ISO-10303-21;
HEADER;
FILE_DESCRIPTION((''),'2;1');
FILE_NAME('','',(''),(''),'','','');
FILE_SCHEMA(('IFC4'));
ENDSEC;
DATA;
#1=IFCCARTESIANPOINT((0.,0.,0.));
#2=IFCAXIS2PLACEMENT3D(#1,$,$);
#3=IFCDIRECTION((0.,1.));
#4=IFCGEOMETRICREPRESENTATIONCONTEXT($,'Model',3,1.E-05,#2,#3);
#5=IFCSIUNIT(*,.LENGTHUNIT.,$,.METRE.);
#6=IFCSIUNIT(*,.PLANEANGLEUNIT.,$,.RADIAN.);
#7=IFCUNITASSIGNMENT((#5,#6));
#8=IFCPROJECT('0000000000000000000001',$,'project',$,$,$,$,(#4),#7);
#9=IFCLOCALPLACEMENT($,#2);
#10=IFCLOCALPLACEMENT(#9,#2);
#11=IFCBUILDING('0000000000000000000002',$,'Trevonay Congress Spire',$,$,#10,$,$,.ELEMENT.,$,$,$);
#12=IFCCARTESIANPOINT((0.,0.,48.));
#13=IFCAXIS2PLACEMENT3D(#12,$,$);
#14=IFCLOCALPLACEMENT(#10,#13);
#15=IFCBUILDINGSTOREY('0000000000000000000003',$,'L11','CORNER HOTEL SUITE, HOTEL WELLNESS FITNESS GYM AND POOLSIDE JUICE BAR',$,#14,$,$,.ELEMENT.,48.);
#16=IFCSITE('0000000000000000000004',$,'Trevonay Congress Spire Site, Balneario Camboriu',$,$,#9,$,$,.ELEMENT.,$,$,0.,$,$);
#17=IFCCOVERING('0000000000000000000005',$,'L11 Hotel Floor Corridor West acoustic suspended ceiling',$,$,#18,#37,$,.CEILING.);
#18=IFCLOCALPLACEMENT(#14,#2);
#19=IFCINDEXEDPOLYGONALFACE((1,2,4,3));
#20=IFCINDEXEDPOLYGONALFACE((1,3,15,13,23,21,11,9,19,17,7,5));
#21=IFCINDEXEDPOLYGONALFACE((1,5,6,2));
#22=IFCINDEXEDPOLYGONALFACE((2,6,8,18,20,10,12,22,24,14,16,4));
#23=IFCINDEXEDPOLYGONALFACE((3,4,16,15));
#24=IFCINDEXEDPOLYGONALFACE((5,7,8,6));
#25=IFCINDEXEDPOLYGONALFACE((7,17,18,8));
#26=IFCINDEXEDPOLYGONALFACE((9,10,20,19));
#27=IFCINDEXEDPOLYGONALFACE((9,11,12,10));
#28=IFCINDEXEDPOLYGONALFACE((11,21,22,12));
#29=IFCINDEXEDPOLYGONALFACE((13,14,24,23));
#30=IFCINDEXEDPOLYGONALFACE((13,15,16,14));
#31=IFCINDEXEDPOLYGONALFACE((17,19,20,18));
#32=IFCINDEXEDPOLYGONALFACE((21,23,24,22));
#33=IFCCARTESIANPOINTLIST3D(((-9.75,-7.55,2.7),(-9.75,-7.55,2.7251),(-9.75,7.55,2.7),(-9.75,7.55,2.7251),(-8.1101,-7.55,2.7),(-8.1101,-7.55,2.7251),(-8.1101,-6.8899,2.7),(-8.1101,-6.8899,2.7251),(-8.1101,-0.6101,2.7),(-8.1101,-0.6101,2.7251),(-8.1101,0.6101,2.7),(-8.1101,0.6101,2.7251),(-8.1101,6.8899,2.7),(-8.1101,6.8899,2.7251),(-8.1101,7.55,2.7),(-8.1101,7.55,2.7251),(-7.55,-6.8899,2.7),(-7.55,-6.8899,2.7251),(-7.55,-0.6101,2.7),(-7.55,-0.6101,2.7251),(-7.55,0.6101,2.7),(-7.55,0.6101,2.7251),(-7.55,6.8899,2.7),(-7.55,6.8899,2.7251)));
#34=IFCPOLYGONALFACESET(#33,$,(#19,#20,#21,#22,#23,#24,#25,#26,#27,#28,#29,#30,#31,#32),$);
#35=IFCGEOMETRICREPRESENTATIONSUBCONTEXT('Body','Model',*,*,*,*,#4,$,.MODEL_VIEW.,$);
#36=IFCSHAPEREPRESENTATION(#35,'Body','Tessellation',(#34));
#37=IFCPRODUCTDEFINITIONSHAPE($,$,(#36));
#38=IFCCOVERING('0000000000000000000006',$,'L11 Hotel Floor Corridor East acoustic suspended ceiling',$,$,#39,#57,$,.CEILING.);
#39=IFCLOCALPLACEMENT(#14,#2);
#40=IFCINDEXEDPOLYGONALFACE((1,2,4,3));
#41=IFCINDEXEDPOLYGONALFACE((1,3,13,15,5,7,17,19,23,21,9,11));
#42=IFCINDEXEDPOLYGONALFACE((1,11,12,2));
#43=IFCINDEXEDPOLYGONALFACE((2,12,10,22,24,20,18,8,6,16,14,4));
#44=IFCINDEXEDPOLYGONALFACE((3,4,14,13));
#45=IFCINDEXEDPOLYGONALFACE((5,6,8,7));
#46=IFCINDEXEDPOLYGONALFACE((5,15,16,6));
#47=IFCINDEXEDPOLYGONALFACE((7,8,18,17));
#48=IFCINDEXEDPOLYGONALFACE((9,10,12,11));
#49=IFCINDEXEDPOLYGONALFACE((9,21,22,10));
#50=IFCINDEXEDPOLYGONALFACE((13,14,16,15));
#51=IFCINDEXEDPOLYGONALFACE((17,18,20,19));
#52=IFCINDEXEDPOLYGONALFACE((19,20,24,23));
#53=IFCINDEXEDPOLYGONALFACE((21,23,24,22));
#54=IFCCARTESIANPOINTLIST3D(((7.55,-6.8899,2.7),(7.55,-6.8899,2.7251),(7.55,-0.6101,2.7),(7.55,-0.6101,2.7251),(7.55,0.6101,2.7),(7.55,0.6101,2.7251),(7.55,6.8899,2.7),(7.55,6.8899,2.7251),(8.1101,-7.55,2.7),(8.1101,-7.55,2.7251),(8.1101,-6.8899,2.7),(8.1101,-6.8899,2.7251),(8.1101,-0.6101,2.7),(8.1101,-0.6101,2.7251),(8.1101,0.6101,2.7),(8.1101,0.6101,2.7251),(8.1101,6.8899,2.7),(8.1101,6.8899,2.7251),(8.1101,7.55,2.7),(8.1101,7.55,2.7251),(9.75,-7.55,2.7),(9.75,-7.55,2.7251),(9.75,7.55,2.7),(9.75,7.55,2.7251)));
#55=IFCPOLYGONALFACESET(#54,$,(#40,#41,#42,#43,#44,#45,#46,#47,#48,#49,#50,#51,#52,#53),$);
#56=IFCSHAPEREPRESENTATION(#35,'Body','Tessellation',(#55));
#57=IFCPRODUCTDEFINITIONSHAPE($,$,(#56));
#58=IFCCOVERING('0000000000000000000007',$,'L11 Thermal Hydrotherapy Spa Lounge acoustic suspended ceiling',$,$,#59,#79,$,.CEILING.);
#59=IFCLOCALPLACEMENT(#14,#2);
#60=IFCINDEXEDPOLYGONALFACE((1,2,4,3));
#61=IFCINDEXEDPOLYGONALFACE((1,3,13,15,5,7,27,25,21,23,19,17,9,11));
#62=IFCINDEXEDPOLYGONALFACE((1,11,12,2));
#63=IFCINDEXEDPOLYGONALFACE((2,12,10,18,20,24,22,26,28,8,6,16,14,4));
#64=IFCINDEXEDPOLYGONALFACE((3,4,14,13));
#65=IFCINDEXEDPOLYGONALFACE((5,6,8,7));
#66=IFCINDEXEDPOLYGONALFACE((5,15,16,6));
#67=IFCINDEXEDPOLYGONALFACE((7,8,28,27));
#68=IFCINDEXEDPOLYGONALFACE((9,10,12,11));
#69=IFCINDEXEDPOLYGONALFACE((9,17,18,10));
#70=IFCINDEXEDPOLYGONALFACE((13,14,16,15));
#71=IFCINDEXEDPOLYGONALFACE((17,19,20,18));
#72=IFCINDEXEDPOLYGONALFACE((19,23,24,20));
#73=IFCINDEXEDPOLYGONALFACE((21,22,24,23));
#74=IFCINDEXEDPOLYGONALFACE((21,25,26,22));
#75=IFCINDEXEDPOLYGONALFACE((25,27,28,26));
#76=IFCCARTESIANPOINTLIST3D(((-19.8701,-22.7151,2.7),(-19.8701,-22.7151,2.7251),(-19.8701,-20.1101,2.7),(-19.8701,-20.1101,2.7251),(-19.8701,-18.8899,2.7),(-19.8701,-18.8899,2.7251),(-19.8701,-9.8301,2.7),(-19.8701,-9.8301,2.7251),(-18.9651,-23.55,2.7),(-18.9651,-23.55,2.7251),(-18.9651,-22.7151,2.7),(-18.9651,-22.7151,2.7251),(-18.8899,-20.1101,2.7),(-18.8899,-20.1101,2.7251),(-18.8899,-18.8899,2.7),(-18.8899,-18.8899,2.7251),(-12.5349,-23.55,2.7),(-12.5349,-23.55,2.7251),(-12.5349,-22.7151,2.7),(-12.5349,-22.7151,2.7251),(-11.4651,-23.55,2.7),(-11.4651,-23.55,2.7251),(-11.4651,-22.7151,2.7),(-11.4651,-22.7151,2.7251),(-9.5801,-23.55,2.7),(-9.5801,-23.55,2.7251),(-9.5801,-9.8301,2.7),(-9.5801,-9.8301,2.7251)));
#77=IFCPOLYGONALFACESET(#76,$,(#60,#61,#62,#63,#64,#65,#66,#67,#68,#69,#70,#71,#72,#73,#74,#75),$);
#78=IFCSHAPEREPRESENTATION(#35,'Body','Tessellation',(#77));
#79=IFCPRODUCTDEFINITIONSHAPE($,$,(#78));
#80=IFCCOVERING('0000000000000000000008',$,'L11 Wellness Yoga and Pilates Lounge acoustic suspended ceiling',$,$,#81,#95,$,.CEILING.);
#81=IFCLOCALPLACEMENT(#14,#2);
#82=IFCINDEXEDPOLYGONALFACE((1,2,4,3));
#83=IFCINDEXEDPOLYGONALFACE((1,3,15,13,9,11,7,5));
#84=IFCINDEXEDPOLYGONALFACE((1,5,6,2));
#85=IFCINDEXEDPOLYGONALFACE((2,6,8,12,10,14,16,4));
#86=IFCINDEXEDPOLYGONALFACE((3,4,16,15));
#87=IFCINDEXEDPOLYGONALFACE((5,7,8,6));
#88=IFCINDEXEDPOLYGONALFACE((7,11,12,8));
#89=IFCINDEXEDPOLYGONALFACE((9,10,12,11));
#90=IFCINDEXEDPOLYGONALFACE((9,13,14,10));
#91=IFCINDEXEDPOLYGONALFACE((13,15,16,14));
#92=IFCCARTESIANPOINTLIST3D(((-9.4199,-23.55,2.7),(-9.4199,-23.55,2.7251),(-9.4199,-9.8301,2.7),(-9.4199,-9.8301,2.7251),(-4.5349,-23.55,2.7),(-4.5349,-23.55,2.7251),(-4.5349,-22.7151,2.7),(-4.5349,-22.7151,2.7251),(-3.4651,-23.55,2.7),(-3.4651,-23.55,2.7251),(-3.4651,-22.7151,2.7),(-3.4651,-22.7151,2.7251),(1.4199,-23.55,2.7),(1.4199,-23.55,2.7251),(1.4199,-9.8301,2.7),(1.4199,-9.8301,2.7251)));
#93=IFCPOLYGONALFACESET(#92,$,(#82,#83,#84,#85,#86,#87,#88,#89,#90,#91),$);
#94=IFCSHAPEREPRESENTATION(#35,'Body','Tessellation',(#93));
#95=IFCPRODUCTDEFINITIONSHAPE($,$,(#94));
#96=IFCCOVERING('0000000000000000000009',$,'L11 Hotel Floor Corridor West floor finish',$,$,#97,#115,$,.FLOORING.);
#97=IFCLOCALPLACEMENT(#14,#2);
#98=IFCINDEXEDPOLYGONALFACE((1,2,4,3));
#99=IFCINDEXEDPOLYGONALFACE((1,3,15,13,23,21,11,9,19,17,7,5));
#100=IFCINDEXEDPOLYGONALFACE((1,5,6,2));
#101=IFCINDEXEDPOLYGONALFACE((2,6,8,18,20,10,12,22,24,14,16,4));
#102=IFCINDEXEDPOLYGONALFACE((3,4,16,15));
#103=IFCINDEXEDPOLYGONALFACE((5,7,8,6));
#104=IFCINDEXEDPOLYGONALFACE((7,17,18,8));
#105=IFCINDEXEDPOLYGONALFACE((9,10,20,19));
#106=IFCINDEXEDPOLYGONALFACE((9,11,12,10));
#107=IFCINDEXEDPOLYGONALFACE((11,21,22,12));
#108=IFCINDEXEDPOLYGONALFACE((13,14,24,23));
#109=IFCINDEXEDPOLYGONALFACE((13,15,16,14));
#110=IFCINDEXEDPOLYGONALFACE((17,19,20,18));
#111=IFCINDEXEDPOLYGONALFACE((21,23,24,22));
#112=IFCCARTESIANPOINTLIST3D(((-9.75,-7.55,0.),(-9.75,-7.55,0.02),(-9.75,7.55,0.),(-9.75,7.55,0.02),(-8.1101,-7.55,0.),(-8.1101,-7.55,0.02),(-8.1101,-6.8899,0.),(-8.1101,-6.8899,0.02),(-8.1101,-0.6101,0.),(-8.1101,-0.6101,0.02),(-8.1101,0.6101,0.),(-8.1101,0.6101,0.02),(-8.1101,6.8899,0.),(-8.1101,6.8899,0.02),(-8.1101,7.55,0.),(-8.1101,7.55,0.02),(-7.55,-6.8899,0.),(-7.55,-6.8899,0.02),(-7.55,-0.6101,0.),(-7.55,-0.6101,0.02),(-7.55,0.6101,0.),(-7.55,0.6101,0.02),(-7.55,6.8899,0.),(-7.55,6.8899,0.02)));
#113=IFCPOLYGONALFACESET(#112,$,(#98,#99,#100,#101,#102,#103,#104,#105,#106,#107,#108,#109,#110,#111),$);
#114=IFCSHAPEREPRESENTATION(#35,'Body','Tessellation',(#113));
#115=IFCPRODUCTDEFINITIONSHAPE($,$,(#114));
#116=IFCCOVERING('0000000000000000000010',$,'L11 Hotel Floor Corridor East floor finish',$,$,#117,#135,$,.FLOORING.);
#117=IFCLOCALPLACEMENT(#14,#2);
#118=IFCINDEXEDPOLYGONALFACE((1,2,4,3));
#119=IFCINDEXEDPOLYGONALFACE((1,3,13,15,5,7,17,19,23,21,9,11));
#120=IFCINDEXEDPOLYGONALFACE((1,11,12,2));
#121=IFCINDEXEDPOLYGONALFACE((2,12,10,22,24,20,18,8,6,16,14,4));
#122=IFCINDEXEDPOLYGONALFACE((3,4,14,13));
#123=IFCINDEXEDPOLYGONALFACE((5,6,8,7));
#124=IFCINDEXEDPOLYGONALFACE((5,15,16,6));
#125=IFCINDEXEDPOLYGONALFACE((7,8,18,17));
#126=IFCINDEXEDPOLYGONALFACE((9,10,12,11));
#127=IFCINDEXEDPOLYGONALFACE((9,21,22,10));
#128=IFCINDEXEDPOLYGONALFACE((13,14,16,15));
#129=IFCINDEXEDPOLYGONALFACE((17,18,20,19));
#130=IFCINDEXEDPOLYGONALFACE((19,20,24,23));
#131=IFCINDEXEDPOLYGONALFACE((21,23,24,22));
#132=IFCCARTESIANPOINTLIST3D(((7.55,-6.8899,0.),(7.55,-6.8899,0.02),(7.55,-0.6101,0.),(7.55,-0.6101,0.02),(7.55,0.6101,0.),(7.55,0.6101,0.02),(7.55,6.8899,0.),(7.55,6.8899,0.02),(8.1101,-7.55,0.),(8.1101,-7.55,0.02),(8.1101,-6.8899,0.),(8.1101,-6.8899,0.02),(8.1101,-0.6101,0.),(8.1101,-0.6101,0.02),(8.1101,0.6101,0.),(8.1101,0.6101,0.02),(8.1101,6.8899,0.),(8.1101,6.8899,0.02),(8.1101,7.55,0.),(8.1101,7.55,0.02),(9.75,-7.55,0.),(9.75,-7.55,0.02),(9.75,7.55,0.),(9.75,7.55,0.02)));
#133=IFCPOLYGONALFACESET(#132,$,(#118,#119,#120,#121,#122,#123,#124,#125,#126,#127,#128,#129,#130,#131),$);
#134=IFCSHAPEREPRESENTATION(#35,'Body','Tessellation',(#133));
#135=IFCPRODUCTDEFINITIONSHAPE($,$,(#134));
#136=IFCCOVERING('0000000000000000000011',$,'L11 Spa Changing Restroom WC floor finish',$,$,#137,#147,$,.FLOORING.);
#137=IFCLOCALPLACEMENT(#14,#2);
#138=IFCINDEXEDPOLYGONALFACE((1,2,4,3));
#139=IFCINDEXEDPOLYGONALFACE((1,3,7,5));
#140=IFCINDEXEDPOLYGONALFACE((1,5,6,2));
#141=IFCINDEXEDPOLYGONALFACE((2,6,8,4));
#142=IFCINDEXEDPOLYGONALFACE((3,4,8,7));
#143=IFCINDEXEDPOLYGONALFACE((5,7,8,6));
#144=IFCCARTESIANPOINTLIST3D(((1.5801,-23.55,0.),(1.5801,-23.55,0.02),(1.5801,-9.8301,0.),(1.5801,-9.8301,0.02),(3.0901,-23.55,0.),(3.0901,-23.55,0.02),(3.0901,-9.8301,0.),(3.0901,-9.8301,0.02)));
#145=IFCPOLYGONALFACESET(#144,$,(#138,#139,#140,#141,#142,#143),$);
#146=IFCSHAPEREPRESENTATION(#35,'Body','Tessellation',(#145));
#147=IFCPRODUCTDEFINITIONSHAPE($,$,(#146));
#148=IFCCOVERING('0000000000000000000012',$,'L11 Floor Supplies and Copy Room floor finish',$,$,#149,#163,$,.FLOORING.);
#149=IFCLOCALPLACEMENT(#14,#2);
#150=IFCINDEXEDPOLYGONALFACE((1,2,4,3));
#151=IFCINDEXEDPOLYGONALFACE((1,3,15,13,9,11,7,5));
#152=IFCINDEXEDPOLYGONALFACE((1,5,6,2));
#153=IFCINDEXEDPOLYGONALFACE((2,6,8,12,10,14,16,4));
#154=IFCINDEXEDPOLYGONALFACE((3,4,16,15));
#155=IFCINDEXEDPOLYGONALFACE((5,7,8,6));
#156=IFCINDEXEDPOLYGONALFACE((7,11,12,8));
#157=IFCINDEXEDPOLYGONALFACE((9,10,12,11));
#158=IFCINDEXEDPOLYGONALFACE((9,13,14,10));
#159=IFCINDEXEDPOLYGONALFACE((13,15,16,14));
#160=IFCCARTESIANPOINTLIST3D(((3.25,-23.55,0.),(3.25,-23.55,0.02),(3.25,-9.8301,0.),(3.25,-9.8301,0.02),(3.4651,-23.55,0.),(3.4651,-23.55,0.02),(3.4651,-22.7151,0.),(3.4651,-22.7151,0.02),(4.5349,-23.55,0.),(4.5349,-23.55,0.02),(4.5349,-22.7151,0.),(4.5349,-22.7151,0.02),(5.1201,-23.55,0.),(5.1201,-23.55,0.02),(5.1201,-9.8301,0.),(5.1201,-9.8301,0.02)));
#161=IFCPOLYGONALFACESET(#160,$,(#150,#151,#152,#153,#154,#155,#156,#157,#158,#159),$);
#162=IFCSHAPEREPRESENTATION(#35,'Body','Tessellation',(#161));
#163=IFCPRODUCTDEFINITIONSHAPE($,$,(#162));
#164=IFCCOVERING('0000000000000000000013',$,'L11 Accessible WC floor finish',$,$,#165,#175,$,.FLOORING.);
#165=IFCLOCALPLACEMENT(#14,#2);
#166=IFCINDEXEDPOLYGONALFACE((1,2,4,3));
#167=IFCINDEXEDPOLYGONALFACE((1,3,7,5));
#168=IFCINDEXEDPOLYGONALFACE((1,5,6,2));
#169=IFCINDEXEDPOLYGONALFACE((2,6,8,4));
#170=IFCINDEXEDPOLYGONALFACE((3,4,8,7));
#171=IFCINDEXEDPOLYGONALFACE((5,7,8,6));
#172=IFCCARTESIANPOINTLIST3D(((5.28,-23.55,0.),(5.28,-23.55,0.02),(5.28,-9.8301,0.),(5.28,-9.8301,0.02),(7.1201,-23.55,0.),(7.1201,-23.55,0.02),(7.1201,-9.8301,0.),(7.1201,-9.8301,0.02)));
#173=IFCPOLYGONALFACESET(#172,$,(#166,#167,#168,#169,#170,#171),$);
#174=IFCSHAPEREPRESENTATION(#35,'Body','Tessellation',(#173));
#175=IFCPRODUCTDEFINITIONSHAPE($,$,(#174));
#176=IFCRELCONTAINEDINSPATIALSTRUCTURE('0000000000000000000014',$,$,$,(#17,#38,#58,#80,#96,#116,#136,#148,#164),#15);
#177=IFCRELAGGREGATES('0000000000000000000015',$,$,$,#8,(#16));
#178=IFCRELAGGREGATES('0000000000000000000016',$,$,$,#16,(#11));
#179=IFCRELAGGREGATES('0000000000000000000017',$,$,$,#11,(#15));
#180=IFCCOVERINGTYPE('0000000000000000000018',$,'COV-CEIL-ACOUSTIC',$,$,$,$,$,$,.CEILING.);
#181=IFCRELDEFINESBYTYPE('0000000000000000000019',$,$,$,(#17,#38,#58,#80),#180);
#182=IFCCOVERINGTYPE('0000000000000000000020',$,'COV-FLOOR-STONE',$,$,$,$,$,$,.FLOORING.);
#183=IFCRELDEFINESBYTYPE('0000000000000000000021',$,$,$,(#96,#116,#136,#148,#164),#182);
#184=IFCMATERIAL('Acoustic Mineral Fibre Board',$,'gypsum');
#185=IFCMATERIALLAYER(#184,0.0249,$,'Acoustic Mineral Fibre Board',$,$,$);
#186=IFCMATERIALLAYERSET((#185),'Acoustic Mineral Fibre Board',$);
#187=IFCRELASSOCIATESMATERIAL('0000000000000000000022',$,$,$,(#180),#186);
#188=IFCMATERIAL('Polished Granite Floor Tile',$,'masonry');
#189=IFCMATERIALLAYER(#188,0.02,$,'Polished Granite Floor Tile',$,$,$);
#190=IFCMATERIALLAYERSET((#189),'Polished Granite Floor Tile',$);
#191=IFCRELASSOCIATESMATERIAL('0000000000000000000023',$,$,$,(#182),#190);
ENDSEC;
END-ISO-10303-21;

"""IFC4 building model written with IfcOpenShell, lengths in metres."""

from ifc_helpers import new_model, si_unit, direction, frame, origin, place, context, subcontext, project, spatial, polyline, outline, extrude, material, layer, layer_set, type_object, element, save


model = new_model("IFC4")

# Units and contexts
model_context = context("Model", 3, precision=1e-05, world=origin(), true_north=direction((0.0, 1.0)))
body_context = subcontext(model_context, "Body", "Model", "MODEL_VIEW")
ifc_project = project(units=[si_unit("LENGTHUNIT", "METRE"), si_unit("PLANEANGLEUNIT", "RADIAN")], contexts=[model_context])

# Site, building, storey
site_placement = place(None, origin())
site = spatial("IfcSite", under=ifc_project, at=site_placement, Name="Trevonay Congress Spire Site, Balneario Camboriu", CompositionType="ELEMENT", RefElevation=0.0)
building_placement = place(site_placement, origin())
building = spatial("IfcBuilding", under=site, at=building_placement, Name="Trevonay Congress Spire", CompositionType="ELEMENT")
storey_placement = place(building_placement, frame((0.0, 0.0, 48.0)))
storey = spatial("IfcBuildingStorey", under=building, at=storey_placement, Name="L11", Description="CORNER HOTEL SUITE, HOTEL WELLNESS FITNESS GYM AND POOLSIDE JUICE BAR", CompositionType="ELEMENT", Elevation=48.0)

# Coverings
ifc_material_1 = material(Name="Acoustic Mineral Fibre Board", Category="gypsum")
ifc_layer_1 = layer(ifc_material_1, 0.0249, Name="Acoustic Mineral Fibre Board")
ifc_layer_set_1 = layer_set([ifc_layer_1], Name="Acoustic Mineral Fibre Board")
covering_type_1 = type_object("IfcCoveringType", Name="COV-CEIL-ACOUSTIC", PredefinedType="CEILING", material=ifc_layer_set_1)
covering_1_placement = place(storey_placement, frame((0.0, 0.0, 2.7)))
element("IfcCovering", 1, at=covering_1_placement, inside=storey, type_object=covering_type_1, Name="L11 Hotel Floor Corridor West acoustic suspended ceiling", PredefinedType="CEILING", context=body_context, shape_type="SweptSolid", body=[
    extrude(outline(polyline([(-9.75, 7.55), (-8.1101, 7.55), (-8.1101, 6.8899), (-7.55, 6.8899), (-7.55, 0.6101), (-8.1101, 0.6101), (-8.1101, -0.6101), (-7.55, -0.6101), (-7.55, -6.8899), (-8.1101, -6.8899), (-8.1101, -7.55), (-9.75, -7.55), (-9.75, 7.55)])), origin(), (0.0, 0.0, 1.0), 0.0251),
])
covering_2_placement = place(storey_placement, frame((0.0, 0.0, 2.7)))
element("IfcCovering", 2, at=covering_2_placement, inside=storey, type_object=covering_type_1, Name="L11 Hotel Floor Corridor East acoustic suspended ceiling", PredefinedType="CEILING", context=body_context, shape_type="SweptSolid", body=[
    extrude(outline(polyline([(9.75, -7.55), (8.1101, -7.55), (8.1101, -6.8899), (7.55, -6.8899), (7.55, -0.6101), (8.1101, -0.6101), (8.1101, 0.6101), (7.55, 0.6101), (7.55, 6.8899), (8.1101, 6.8899), (8.1101, 7.55), (9.75, 7.55), (9.75, -7.55)])), origin(), (0.0, 0.0, 1.0), 0.0251),
])
covering_3_placement = place(storey_placement, frame((0.0, 0.0, 2.7)))
element("IfcCovering", 3, at=covering_3_placement, inside=storey, type_object=covering_type_1, Name="L11 Thermal Hydrotherapy Spa Lounge acoustic suspended ceiling", PredefinedType="CEILING", context=body_context, shape_type="SweptSolid", body=[
    extrude(outline(polyline([(-18.9651, -23.55), (-18.9651, -22.7151), (-19.8701, -22.7151), (-19.8701, -20.1101), (-18.8899, -20.1101), (-18.8899, -18.8899), (-19.8701, -18.8899), (-19.8701, -9.8301), (-9.5801, -9.8301), (-9.5801, -23.55), (-11.4651, -23.55), (-11.4651, -22.7151), (-12.5349, -22.7151), (-12.5349, -23.55), (-18.9651, -23.55)])), origin(), (0.0, 0.0, 1.0), 0.0251),
])
covering_4_placement = place(storey_placement, frame((0.0, 0.0, 2.7)))
element("IfcCovering", 4, at=covering_4_placement, inside=storey, type_object=covering_type_1, Name="L11 Wellness Yoga and Pilates Lounge acoustic suspended ceiling", PredefinedType="CEILING", context=body_context, shape_type="SweptSolid", body=[
    extrude(outline(polyline([(-9.4199, -23.55), (-9.4199, -9.8301), (1.4199, -9.8301), (1.4199, -23.55), (-3.4651, -23.55), (-3.4651, -22.7151), (-4.5349, -22.7151), (-4.5349, -23.55), (-9.4199, -23.55)])), origin(), (0.0, 0.0, 1.0), 0.0251),
])
ifc_material_2 = material(Name="Polished Granite Floor Tile", Category="masonry")
ifc_layer_2 = layer(ifc_material_2, 0.02, Name="Polished Granite Floor Tile")
ifc_layer_set_2 = layer_set([ifc_layer_2], Name="Polished Granite Floor Tile")
covering_type_2 = type_object("IfcCoveringType", Name="COV-FLOOR-STONE", PredefinedType="FLOORING", material=ifc_layer_set_2)
covering_5_placement = place(storey_placement, origin())
element("IfcCovering", 5, at=covering_5_placement, inside=storey, type_object=covering_type_2, Name="L11 Hotel Floor Corridor West floor finish", PredefinedType="FLOORING", context=body_context, shape_type="SweptSolid", body=[
    extrude(outline(polyline([(-9.75, 7.55), (-8.1101, 7.55), (-8.1101, 6.8899), (-7.55, 6.8899), (-7.55, 0.6101), (-8.1101, 0.6101), (-8.1101, -0.6101), (-7.55, -0.6101), (-7.55, -6.8899), (-8.1101, -6.8899), (-8.1101, -7.55), (-9.75, -7.55), (-9.75, 7.55)])), origin(), (0.0, 0.0, 1.0), 0.02),
])
covering_6_placement = place(storey_placement, origin())
element("IfcCovering", 6, at=covering_6_placement, inside=storey, type_object=covering_type_2, Name="L11 Hotel Floor Corridor East floor finish", PredefinedType="FLOORING", context=body_context, shape_type="SweptSolid", body=[
    extrude(outline(polyline([(9.75, -7.55), (8.1101, -7.55), (8.1101, -6.8899), (7.55, -6.8899), (7.55, -0.6101), (8.1101, -0.6101), (8.1101, 0.6101), (7.55, 0.6101), (7.55, 6.8899), (8.1101, 6.8899), (8.1101, 7.55), (9.75, 7.55), (9.75, -7.55)])), origin(), (0.0, 0.0, 1.0), 0.02),
])
covering_7_placement = place(storey_placement, origin())
element("IfcCovering", 7, at=covering_7_placement, inside=storey, type_object=covering_type_2, Name="L11 Spa Changing Restroom WC floor finish", PredefinedType="FLOORING", context=body_context, shape_type="SweptSolid", body=[
    extrude(outline(polyline([(1.5801, -23.55), (3.0901, -23.55), (3.0901, -9.8301), (1.5801, -9.8301), (1.5801, -23.55)])), origin(), (0.0, 0.0, 1.0), 0.02),
])
covering_8_placement = place(storey_placement, origin())
element("IfcCovering", 8, at=covering_8_placement, inside=storey, type_object=covering_type_2, Name="L11 Floor Supplies and Copy Room floor finish", PredefinedType="FLOORING", context=body_context, shape_type="SweptSolid", body=[
    extrude(outline(polyline([(3.25, -23.55), (3.25, -9.8301), (5.1201, -9.8301), (5.1201, -23.55), (4.5349, -23.55), (4.5349, -22.7151), (3.4651, -22.7151), (3.4651, -23.55), (3.25, -23.55)])), origin(), (0.0, 0.0, 1.0), 0.02),
])
covering_9_placement = place(storey_placement, origin())
element("IfcCovering", 9, at=covering_9_placement, inside=storey, type_object=covering_type_2, Name="L11 Accessible WC floor finish", PredefinedType="FLOORING", context=body_context, shape_type="SweptSolid", body=[
    extrude(outline(polyline([(5.28, -23.55), (7.1201, -23.55), (7.1201, -9.8301), (5.28, -9.8301), (5.28, -23.55)])), origin(), (0.0, 0.0, 1.0), 0.02),
])

save(model, "model.ifc")
